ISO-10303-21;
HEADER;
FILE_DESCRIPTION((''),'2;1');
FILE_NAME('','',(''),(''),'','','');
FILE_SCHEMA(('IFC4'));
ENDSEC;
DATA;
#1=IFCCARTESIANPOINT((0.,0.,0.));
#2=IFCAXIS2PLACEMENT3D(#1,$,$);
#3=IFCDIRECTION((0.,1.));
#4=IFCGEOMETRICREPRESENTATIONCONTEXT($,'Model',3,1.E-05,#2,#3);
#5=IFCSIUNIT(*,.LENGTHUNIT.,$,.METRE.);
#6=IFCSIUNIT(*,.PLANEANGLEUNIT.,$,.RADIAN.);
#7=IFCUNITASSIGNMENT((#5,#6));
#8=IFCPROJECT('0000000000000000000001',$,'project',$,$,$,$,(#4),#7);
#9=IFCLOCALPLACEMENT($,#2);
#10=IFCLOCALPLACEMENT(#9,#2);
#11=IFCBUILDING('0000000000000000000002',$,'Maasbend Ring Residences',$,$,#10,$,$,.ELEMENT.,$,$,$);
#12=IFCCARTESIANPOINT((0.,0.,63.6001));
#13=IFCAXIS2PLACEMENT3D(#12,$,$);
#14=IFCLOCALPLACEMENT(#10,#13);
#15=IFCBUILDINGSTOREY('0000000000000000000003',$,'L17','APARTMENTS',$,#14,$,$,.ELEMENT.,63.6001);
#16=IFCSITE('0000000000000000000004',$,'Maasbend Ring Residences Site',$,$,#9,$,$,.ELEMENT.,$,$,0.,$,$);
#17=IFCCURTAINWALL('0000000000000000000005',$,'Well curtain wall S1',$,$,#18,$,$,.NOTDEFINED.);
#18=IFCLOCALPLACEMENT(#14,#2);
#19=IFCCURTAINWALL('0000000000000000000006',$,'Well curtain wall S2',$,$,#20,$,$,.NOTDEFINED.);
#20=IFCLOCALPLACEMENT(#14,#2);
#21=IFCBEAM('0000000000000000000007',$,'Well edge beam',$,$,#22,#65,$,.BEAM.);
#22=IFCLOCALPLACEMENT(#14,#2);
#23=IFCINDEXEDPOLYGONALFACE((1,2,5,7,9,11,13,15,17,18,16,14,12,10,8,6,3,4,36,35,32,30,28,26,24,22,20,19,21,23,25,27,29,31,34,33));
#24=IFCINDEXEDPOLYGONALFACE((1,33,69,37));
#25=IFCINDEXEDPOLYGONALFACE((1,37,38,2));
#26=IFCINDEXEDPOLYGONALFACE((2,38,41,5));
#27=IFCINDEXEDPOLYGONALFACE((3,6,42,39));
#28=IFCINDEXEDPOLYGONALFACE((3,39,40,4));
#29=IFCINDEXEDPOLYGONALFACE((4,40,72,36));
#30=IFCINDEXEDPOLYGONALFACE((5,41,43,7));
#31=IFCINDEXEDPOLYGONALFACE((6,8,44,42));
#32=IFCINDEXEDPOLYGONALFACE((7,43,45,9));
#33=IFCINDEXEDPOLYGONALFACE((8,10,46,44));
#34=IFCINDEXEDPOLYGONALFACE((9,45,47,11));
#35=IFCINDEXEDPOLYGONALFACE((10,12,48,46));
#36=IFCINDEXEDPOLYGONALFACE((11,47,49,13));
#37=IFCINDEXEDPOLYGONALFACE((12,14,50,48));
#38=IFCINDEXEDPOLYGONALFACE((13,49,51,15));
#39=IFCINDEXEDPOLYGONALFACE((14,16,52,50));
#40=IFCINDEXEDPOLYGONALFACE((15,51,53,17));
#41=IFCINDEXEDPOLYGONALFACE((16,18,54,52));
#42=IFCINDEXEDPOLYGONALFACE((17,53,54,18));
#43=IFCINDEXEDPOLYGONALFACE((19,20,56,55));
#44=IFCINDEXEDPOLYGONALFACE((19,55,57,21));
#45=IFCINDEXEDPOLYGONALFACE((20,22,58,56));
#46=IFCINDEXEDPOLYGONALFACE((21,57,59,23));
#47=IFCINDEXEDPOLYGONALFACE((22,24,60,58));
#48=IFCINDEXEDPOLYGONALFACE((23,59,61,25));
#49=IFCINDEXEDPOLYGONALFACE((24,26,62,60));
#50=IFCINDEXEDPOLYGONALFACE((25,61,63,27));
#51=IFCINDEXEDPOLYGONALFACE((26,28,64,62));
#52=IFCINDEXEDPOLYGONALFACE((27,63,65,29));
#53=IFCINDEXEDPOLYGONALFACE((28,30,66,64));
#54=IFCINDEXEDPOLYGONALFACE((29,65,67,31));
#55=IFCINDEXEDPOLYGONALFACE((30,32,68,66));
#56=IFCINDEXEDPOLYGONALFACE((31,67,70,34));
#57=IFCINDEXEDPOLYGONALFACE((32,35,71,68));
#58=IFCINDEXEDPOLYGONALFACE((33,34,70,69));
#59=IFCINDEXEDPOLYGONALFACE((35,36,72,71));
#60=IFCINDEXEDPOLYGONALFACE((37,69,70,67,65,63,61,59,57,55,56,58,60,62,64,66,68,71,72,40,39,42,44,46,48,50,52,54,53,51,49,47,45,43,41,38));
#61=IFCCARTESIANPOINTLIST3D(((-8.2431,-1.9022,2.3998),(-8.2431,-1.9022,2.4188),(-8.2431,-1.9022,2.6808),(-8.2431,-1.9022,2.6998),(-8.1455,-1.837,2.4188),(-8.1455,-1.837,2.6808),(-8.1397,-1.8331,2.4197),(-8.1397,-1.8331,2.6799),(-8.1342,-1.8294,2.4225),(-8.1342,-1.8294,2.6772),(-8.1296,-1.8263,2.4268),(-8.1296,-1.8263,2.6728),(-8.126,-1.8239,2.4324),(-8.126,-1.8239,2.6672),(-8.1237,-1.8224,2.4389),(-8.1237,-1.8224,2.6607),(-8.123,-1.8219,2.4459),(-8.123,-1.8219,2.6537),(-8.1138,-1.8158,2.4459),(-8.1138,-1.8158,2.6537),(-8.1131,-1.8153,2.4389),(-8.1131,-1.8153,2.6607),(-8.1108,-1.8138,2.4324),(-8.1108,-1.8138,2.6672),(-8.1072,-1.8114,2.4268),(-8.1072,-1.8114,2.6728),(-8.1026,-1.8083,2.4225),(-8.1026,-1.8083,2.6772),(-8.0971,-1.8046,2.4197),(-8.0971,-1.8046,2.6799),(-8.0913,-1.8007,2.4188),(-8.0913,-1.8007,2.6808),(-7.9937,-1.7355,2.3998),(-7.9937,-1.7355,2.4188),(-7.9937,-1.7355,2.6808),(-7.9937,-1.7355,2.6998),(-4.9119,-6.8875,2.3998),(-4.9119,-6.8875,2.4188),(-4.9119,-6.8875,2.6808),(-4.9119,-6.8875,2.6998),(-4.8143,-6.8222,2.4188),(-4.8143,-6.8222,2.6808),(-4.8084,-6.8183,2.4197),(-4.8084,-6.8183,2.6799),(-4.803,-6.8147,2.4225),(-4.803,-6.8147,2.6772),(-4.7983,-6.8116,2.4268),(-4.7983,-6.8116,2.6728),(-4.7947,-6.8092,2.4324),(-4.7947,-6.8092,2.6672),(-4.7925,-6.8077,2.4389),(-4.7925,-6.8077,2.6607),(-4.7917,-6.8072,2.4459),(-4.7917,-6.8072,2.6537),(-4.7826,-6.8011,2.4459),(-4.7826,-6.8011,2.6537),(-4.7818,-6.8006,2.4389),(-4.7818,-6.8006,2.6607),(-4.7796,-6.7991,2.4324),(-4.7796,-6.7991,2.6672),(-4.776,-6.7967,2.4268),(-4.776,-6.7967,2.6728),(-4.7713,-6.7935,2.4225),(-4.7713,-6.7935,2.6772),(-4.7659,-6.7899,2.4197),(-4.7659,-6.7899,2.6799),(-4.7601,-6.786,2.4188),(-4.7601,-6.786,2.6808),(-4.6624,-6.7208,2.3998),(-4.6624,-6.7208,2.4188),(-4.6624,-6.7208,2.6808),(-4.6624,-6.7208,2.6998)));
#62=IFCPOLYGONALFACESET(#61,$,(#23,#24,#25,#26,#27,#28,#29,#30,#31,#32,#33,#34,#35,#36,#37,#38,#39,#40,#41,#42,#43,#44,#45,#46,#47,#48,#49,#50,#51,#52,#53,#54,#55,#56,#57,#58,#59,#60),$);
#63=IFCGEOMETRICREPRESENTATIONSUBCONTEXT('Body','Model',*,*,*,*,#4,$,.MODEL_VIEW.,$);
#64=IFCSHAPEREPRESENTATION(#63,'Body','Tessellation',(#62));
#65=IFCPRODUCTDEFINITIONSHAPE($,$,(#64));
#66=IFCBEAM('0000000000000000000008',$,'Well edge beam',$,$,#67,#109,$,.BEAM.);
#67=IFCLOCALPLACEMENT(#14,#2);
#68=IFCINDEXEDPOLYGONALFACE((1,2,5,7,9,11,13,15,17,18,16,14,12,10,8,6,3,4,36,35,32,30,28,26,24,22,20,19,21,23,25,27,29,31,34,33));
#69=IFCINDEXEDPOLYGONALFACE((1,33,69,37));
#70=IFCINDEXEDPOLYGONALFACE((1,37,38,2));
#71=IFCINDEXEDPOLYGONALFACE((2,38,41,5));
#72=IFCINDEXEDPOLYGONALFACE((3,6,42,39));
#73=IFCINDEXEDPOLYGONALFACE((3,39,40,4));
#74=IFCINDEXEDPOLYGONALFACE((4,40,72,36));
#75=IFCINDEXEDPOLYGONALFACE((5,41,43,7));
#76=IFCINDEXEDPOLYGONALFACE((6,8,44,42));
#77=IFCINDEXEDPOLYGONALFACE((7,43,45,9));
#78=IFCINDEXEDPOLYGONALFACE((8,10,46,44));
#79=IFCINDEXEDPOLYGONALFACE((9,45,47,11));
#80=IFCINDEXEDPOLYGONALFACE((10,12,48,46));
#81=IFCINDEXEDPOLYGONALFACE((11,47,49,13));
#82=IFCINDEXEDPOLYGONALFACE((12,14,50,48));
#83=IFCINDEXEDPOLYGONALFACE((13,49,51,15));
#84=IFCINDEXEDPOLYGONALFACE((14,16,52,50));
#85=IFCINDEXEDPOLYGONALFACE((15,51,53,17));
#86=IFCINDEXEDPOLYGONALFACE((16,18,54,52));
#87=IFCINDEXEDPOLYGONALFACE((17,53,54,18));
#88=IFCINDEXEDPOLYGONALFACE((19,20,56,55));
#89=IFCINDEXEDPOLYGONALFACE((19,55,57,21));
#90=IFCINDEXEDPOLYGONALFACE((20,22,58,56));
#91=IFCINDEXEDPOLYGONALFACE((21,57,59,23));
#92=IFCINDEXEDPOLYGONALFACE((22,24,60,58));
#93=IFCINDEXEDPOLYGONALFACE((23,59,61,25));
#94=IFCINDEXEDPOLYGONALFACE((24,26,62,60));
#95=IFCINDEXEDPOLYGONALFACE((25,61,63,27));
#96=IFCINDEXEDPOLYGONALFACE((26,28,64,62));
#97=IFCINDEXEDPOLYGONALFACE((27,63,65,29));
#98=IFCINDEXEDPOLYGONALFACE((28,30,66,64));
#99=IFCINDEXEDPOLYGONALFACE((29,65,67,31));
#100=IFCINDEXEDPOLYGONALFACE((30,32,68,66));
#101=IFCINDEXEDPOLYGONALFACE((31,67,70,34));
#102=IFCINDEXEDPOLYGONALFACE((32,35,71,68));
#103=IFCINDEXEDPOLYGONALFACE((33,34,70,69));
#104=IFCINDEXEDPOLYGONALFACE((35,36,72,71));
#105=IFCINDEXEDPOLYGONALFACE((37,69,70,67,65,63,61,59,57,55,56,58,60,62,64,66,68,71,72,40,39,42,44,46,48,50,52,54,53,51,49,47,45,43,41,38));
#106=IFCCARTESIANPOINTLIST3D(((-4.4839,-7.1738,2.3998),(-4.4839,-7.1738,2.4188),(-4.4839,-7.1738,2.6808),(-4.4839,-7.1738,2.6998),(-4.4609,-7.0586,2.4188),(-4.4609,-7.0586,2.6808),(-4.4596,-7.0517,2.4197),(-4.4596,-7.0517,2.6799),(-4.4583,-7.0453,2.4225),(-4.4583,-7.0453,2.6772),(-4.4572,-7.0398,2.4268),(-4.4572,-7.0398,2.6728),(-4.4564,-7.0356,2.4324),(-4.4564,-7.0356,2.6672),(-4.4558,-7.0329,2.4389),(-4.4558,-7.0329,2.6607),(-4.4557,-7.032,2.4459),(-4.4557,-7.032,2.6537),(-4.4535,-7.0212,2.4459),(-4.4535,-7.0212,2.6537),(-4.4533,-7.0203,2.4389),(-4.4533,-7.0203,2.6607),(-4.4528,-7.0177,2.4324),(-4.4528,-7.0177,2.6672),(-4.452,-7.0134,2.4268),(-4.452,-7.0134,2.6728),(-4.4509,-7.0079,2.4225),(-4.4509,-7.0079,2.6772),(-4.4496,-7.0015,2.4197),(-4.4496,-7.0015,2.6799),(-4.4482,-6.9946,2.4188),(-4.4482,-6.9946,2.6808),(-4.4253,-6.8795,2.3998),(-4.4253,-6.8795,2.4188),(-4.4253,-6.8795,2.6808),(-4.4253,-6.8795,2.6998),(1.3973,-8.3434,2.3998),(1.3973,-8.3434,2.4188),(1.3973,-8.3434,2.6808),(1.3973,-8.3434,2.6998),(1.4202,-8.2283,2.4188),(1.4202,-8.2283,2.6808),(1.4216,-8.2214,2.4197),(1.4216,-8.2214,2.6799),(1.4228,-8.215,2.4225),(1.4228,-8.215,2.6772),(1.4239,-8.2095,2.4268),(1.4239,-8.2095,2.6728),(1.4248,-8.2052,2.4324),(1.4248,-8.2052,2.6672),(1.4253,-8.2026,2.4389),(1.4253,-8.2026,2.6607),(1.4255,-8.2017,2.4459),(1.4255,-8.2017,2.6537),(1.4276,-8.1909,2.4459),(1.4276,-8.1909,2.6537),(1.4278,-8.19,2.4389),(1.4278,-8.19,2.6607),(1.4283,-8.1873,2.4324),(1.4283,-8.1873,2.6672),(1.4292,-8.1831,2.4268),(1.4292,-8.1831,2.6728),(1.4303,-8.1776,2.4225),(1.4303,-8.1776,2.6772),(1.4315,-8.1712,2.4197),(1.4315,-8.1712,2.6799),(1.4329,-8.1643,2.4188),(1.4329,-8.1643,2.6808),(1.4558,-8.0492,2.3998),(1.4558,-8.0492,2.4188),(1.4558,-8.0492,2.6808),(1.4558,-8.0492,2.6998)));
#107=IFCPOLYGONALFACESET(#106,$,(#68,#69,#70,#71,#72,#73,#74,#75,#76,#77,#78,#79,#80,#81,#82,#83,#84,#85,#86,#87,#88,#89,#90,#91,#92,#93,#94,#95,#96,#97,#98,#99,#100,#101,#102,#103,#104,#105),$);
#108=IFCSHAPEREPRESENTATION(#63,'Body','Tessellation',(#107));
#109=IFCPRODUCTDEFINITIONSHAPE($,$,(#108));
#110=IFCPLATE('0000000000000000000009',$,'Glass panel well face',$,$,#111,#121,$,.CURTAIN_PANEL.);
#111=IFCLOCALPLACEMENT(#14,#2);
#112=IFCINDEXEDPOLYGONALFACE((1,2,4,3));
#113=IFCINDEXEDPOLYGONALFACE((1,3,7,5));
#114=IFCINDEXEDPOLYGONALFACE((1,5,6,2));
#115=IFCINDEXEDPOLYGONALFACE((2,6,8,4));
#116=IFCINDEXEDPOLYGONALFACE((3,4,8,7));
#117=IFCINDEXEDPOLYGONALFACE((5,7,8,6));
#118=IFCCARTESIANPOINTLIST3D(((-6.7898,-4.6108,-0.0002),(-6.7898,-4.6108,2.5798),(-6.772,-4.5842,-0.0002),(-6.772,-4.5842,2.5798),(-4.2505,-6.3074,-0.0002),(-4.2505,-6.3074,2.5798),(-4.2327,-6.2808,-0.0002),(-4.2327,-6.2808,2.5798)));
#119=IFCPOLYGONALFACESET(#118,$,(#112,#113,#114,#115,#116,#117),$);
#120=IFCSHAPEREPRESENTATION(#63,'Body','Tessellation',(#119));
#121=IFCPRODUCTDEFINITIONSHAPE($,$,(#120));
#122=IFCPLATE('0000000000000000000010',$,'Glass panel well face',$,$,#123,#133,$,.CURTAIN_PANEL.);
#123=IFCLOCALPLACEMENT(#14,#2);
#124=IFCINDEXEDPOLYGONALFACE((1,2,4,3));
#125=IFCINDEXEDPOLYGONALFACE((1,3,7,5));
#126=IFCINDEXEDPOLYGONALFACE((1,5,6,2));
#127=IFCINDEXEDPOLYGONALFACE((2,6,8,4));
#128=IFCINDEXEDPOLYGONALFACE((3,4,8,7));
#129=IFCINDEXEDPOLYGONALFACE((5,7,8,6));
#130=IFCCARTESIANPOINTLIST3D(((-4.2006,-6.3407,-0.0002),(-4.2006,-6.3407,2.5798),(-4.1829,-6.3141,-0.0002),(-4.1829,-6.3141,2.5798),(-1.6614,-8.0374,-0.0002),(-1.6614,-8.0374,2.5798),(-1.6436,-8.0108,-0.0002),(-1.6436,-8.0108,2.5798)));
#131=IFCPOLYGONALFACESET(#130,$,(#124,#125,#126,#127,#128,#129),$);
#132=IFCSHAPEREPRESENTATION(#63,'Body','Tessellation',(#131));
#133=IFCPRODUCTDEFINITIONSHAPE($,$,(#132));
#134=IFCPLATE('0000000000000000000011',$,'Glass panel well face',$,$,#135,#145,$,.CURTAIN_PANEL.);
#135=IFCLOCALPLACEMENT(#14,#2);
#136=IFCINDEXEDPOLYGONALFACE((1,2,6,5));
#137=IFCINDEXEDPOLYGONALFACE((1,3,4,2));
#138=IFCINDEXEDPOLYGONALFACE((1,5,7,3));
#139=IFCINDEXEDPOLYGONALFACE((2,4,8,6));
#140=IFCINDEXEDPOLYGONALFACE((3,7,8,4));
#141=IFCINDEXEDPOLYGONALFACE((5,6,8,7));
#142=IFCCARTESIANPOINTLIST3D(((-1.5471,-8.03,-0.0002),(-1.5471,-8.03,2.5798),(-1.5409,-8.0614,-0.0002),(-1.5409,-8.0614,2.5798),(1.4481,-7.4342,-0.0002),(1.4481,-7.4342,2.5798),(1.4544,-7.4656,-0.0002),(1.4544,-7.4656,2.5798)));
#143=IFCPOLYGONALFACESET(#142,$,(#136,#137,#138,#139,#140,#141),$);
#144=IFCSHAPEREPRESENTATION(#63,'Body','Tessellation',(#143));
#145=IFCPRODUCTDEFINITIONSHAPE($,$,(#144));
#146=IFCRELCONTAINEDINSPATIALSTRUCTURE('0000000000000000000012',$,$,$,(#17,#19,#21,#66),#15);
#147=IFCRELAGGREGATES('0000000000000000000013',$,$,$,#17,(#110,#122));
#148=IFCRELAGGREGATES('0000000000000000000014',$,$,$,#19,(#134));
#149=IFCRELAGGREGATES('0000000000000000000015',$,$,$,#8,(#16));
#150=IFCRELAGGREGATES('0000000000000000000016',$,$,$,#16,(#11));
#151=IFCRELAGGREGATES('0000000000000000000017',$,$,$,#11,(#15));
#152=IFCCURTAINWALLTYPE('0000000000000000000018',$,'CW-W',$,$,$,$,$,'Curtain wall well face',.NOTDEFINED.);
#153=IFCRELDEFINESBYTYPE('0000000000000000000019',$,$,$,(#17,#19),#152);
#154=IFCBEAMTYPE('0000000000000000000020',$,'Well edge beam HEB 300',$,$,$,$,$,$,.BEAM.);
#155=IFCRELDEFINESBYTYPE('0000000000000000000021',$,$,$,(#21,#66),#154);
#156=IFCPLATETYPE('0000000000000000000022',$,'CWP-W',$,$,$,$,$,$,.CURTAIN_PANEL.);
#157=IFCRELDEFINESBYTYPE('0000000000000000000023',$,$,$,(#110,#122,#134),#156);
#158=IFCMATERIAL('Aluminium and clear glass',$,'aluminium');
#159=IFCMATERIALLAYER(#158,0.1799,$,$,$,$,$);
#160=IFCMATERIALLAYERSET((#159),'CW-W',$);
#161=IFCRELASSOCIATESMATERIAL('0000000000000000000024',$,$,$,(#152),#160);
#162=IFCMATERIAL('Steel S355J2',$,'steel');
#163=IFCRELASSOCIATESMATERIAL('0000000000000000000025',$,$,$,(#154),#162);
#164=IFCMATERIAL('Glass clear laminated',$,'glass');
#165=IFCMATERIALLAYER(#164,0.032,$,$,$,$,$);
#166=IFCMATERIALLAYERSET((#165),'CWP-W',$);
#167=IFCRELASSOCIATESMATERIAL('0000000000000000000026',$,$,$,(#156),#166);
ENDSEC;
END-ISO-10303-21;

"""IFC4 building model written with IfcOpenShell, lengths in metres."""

from ifc_helpers import new_model, si_unit, direction, frame, origin, origin_2d, place, context, subcontext, project, spatial, rectangle, i_section, extrude, material, layer, layer_set, material_profile, profile_set, type_object, element, aggregate, save


model = new_model("IFC4")

# Units and contexts
model_context = context("Model", 3, precision=1e-05, world=origin(), true_north=direction((0.0, 1.0)))
body_context = subcontext(model_context, "Body", "Model", "MODEL_VIEW")
ifc_project = project(units=[si_unit("LENGTHUNIT", "METRE"), si_unit("PLANEANGLEUNIT", "RADIAN")], contexts=[model_context])

# Site, building, storey
site_placement = place(None, origin())
site = spatial("IfcSite", under=ifc_project, at=site_placement, Name="Maasbend Ring Residences Site", CompositionType="ELEMENT", RefElevation=0.0)
building_placement = place(site_placement, origin())
building = spatial("IfcBuilding", under=site, at=building_placement, Name="Maasbend Ring Residences", CompositionType="ELEMENT")
storey_placement = place(building_placement, frame((0.0, 0.0, 63.6001)))
storey = spatial("IfcBuildingStorey", under=building, at=storey_placement, Name="L17", Description="APARTMENTS", CompositionType="ELEMENT", Elevation=63.6001)

# Curtain wall
ifc_material_1 = material(Name="Aluminium and clear glass", Category="aluminium")
ifc_layer_1 = layer(ifc_material_1, 0.1799)
ifc_layer_set_1 = layer_set([ifc_layer_1], Name="CW-W")
curtain_wall_type = type_object("IfcCurtainWallType", Name="CW-W", ElementType="Curtain wall well face", PredefinedType="NOTDEFINED", material=ifc_layer_set_1)
curtain_wall_1_placement = place(storey_placement, origin())
curtain_wall_1 = element("IfcCurtainWall", 1, at=curtain_wall_1_placement, inside=storey, type_object=curtain_wall_type, Name="Well curtain wall S1", PredefinedType="NOTDEFINED")

# Curtain wall
curtain_wall_2_placement = place(storey_placement, origin())
curtain_wall_2 = element("IfcCurtainWall", 2, at=curtain_wall_2_placement, inside=storey, type_object=curtain_wall_type, Name="Well curtain wall S2", PredefinedType="NOTDEFINED")

# Beams
ifc_material_2 = material(Name="Steel S355J2", Category="steel")
ifc_material_profile_1 = material_profile(ifc_material_2, i_section(OverallWidth=0.3, OverallDepth=0.3, WebThickness=0.011, FlangeThickness=0.019, FilletRadius=0.0271, at=origin_2d()), Name="HEB 300")
ifc_profile_set_1 = profile_set([ifc_material_profile_1], Name="Steel S355J2")
beam_type = type_object("IfcBeamType", Name="Well edge beam HEB 300", PredefinedType="BEAM", material=ifc_profile_set_1)
beam_1_placement = place(storey_placement, frame((-8.1184, -1.8188, 2.5498), z_axis=(0.555593, -0.831455, 0.0), x_axis=(0.831455, 0.555593, 0.0)))
element("IfcBeam", 3, at=beam_1_placement, inside=storey, type_object=beam_type, Name="Well edge beam", PredefinedType="BEAM", context=body_context, shape_type="SweptSolid", body=[
    extrude(i_section(OverallWidth=0.3, OverallDepth=0.3, WebThickness=0.011, FlangeThickness=0.019, FilletRadius=0.0271, at=origin_2d()), origin(), (0.0, 0.0, 1.0), 5.9958),
])
beam_2_placement = place(storey_placement, frame((-4.4546, -7.0266, 2.5498), z_axis=(0.98079, -0.195067, 0.0), x_axis=(0.195067, 0.98079, 0.0)))
element("IfcBeam", 4, at=beam_2_placement, inside=storey, type_object=beam_type, Name="Well edge beam", PredefinedType="BEAM", context=body_context, shape_type="SweptSolid", body=[
    extrude(i_section(OverallWidth=0.3, OverallDepth=0.3, WebThickness=0.011, FlangeThickness=0.019, FilletRadius=0.0271, at=origin_2d()), origin(), (0.0, 0.0, 1.0), 5.9963),
])

# Plates
ifc_material_3 = material(Name="Glass clear laminated", Category="glass")
ifc_layer_2 = layer(ifc_material_3, 0.032)
ifc_layer_set_2 = layer_set([ifc_layer_2], Name="CWP-W")
plate_type = type_object("IfcPlateType", Name="CWP-W", PredefinedType="CURTAIN_PANEL", material=ifc_layer_set_2)
plate_1_placement = place(storey_placement, frame((-5.5112, -5.4458, -0.0002), z_axis=(0.0, 0.0, 1.0), x_axis=(0.83147, -0.55557, 0.0)))
plate_1 = element("IfcPlate", 5, at=plate_1_placement, type_object=plate_type, Name="Glass panel well face", PredefinedType="CURTAIN_PANEL", context=body_context, shape_type="SweptSolid", body=[
    extrude(rectangle(XDim=3.054, YDim=0.032, at=origin_2d()), origin(), (0.0, 0.0, 1.0), 2.5801),
])
plate_2_placement = place(storey_placement, frame((-2.9221, -7.1758, -0.0002), z_axis=(0.0, 0.0, 1.0), x_axis=(0.83147, -0.55557, 0.0)))
plate_2 = element("IfcPlate", 6, at=plate_2_placement, type_object=plate_type, Name="Glass panel well face", PredefinedType="CURTAIN_PANEL", context=body_context, shape_type="SweptSolid", body=[
    extrude(rectangle(XDim=3.054, YDim=0.032, at=origin_2d()), origin(), (0.0, 0.0, 1.0), 2.5801),
])
aggregate(curtain_wall_1, [plate_1, plate_2])
plate_3_placement = place(storey_placement, frame((-0.0464, -7.7478, -0.0002), z_axis=(0.0, 0.0, 1.0), x_axis=(0.980785, 0.19509, 0.0)))
plate_3 = element("IfcPlate", 7, at=plate_3_placement, type_object=plate_type, Name="Glass panel well face", PredefinedType="CURTAIN_PANEL", context=body_context, shape_type="SweptSolid", body=[
    extrude(rectangle(XDim=3.054, YDim=0.032, at=origin_2d()), origin(), (0.0, 0.0, 1.0), 2.5801),
])
aggregate(curtain_wall_2, [plate_3])

save(model, "model.ifc")
